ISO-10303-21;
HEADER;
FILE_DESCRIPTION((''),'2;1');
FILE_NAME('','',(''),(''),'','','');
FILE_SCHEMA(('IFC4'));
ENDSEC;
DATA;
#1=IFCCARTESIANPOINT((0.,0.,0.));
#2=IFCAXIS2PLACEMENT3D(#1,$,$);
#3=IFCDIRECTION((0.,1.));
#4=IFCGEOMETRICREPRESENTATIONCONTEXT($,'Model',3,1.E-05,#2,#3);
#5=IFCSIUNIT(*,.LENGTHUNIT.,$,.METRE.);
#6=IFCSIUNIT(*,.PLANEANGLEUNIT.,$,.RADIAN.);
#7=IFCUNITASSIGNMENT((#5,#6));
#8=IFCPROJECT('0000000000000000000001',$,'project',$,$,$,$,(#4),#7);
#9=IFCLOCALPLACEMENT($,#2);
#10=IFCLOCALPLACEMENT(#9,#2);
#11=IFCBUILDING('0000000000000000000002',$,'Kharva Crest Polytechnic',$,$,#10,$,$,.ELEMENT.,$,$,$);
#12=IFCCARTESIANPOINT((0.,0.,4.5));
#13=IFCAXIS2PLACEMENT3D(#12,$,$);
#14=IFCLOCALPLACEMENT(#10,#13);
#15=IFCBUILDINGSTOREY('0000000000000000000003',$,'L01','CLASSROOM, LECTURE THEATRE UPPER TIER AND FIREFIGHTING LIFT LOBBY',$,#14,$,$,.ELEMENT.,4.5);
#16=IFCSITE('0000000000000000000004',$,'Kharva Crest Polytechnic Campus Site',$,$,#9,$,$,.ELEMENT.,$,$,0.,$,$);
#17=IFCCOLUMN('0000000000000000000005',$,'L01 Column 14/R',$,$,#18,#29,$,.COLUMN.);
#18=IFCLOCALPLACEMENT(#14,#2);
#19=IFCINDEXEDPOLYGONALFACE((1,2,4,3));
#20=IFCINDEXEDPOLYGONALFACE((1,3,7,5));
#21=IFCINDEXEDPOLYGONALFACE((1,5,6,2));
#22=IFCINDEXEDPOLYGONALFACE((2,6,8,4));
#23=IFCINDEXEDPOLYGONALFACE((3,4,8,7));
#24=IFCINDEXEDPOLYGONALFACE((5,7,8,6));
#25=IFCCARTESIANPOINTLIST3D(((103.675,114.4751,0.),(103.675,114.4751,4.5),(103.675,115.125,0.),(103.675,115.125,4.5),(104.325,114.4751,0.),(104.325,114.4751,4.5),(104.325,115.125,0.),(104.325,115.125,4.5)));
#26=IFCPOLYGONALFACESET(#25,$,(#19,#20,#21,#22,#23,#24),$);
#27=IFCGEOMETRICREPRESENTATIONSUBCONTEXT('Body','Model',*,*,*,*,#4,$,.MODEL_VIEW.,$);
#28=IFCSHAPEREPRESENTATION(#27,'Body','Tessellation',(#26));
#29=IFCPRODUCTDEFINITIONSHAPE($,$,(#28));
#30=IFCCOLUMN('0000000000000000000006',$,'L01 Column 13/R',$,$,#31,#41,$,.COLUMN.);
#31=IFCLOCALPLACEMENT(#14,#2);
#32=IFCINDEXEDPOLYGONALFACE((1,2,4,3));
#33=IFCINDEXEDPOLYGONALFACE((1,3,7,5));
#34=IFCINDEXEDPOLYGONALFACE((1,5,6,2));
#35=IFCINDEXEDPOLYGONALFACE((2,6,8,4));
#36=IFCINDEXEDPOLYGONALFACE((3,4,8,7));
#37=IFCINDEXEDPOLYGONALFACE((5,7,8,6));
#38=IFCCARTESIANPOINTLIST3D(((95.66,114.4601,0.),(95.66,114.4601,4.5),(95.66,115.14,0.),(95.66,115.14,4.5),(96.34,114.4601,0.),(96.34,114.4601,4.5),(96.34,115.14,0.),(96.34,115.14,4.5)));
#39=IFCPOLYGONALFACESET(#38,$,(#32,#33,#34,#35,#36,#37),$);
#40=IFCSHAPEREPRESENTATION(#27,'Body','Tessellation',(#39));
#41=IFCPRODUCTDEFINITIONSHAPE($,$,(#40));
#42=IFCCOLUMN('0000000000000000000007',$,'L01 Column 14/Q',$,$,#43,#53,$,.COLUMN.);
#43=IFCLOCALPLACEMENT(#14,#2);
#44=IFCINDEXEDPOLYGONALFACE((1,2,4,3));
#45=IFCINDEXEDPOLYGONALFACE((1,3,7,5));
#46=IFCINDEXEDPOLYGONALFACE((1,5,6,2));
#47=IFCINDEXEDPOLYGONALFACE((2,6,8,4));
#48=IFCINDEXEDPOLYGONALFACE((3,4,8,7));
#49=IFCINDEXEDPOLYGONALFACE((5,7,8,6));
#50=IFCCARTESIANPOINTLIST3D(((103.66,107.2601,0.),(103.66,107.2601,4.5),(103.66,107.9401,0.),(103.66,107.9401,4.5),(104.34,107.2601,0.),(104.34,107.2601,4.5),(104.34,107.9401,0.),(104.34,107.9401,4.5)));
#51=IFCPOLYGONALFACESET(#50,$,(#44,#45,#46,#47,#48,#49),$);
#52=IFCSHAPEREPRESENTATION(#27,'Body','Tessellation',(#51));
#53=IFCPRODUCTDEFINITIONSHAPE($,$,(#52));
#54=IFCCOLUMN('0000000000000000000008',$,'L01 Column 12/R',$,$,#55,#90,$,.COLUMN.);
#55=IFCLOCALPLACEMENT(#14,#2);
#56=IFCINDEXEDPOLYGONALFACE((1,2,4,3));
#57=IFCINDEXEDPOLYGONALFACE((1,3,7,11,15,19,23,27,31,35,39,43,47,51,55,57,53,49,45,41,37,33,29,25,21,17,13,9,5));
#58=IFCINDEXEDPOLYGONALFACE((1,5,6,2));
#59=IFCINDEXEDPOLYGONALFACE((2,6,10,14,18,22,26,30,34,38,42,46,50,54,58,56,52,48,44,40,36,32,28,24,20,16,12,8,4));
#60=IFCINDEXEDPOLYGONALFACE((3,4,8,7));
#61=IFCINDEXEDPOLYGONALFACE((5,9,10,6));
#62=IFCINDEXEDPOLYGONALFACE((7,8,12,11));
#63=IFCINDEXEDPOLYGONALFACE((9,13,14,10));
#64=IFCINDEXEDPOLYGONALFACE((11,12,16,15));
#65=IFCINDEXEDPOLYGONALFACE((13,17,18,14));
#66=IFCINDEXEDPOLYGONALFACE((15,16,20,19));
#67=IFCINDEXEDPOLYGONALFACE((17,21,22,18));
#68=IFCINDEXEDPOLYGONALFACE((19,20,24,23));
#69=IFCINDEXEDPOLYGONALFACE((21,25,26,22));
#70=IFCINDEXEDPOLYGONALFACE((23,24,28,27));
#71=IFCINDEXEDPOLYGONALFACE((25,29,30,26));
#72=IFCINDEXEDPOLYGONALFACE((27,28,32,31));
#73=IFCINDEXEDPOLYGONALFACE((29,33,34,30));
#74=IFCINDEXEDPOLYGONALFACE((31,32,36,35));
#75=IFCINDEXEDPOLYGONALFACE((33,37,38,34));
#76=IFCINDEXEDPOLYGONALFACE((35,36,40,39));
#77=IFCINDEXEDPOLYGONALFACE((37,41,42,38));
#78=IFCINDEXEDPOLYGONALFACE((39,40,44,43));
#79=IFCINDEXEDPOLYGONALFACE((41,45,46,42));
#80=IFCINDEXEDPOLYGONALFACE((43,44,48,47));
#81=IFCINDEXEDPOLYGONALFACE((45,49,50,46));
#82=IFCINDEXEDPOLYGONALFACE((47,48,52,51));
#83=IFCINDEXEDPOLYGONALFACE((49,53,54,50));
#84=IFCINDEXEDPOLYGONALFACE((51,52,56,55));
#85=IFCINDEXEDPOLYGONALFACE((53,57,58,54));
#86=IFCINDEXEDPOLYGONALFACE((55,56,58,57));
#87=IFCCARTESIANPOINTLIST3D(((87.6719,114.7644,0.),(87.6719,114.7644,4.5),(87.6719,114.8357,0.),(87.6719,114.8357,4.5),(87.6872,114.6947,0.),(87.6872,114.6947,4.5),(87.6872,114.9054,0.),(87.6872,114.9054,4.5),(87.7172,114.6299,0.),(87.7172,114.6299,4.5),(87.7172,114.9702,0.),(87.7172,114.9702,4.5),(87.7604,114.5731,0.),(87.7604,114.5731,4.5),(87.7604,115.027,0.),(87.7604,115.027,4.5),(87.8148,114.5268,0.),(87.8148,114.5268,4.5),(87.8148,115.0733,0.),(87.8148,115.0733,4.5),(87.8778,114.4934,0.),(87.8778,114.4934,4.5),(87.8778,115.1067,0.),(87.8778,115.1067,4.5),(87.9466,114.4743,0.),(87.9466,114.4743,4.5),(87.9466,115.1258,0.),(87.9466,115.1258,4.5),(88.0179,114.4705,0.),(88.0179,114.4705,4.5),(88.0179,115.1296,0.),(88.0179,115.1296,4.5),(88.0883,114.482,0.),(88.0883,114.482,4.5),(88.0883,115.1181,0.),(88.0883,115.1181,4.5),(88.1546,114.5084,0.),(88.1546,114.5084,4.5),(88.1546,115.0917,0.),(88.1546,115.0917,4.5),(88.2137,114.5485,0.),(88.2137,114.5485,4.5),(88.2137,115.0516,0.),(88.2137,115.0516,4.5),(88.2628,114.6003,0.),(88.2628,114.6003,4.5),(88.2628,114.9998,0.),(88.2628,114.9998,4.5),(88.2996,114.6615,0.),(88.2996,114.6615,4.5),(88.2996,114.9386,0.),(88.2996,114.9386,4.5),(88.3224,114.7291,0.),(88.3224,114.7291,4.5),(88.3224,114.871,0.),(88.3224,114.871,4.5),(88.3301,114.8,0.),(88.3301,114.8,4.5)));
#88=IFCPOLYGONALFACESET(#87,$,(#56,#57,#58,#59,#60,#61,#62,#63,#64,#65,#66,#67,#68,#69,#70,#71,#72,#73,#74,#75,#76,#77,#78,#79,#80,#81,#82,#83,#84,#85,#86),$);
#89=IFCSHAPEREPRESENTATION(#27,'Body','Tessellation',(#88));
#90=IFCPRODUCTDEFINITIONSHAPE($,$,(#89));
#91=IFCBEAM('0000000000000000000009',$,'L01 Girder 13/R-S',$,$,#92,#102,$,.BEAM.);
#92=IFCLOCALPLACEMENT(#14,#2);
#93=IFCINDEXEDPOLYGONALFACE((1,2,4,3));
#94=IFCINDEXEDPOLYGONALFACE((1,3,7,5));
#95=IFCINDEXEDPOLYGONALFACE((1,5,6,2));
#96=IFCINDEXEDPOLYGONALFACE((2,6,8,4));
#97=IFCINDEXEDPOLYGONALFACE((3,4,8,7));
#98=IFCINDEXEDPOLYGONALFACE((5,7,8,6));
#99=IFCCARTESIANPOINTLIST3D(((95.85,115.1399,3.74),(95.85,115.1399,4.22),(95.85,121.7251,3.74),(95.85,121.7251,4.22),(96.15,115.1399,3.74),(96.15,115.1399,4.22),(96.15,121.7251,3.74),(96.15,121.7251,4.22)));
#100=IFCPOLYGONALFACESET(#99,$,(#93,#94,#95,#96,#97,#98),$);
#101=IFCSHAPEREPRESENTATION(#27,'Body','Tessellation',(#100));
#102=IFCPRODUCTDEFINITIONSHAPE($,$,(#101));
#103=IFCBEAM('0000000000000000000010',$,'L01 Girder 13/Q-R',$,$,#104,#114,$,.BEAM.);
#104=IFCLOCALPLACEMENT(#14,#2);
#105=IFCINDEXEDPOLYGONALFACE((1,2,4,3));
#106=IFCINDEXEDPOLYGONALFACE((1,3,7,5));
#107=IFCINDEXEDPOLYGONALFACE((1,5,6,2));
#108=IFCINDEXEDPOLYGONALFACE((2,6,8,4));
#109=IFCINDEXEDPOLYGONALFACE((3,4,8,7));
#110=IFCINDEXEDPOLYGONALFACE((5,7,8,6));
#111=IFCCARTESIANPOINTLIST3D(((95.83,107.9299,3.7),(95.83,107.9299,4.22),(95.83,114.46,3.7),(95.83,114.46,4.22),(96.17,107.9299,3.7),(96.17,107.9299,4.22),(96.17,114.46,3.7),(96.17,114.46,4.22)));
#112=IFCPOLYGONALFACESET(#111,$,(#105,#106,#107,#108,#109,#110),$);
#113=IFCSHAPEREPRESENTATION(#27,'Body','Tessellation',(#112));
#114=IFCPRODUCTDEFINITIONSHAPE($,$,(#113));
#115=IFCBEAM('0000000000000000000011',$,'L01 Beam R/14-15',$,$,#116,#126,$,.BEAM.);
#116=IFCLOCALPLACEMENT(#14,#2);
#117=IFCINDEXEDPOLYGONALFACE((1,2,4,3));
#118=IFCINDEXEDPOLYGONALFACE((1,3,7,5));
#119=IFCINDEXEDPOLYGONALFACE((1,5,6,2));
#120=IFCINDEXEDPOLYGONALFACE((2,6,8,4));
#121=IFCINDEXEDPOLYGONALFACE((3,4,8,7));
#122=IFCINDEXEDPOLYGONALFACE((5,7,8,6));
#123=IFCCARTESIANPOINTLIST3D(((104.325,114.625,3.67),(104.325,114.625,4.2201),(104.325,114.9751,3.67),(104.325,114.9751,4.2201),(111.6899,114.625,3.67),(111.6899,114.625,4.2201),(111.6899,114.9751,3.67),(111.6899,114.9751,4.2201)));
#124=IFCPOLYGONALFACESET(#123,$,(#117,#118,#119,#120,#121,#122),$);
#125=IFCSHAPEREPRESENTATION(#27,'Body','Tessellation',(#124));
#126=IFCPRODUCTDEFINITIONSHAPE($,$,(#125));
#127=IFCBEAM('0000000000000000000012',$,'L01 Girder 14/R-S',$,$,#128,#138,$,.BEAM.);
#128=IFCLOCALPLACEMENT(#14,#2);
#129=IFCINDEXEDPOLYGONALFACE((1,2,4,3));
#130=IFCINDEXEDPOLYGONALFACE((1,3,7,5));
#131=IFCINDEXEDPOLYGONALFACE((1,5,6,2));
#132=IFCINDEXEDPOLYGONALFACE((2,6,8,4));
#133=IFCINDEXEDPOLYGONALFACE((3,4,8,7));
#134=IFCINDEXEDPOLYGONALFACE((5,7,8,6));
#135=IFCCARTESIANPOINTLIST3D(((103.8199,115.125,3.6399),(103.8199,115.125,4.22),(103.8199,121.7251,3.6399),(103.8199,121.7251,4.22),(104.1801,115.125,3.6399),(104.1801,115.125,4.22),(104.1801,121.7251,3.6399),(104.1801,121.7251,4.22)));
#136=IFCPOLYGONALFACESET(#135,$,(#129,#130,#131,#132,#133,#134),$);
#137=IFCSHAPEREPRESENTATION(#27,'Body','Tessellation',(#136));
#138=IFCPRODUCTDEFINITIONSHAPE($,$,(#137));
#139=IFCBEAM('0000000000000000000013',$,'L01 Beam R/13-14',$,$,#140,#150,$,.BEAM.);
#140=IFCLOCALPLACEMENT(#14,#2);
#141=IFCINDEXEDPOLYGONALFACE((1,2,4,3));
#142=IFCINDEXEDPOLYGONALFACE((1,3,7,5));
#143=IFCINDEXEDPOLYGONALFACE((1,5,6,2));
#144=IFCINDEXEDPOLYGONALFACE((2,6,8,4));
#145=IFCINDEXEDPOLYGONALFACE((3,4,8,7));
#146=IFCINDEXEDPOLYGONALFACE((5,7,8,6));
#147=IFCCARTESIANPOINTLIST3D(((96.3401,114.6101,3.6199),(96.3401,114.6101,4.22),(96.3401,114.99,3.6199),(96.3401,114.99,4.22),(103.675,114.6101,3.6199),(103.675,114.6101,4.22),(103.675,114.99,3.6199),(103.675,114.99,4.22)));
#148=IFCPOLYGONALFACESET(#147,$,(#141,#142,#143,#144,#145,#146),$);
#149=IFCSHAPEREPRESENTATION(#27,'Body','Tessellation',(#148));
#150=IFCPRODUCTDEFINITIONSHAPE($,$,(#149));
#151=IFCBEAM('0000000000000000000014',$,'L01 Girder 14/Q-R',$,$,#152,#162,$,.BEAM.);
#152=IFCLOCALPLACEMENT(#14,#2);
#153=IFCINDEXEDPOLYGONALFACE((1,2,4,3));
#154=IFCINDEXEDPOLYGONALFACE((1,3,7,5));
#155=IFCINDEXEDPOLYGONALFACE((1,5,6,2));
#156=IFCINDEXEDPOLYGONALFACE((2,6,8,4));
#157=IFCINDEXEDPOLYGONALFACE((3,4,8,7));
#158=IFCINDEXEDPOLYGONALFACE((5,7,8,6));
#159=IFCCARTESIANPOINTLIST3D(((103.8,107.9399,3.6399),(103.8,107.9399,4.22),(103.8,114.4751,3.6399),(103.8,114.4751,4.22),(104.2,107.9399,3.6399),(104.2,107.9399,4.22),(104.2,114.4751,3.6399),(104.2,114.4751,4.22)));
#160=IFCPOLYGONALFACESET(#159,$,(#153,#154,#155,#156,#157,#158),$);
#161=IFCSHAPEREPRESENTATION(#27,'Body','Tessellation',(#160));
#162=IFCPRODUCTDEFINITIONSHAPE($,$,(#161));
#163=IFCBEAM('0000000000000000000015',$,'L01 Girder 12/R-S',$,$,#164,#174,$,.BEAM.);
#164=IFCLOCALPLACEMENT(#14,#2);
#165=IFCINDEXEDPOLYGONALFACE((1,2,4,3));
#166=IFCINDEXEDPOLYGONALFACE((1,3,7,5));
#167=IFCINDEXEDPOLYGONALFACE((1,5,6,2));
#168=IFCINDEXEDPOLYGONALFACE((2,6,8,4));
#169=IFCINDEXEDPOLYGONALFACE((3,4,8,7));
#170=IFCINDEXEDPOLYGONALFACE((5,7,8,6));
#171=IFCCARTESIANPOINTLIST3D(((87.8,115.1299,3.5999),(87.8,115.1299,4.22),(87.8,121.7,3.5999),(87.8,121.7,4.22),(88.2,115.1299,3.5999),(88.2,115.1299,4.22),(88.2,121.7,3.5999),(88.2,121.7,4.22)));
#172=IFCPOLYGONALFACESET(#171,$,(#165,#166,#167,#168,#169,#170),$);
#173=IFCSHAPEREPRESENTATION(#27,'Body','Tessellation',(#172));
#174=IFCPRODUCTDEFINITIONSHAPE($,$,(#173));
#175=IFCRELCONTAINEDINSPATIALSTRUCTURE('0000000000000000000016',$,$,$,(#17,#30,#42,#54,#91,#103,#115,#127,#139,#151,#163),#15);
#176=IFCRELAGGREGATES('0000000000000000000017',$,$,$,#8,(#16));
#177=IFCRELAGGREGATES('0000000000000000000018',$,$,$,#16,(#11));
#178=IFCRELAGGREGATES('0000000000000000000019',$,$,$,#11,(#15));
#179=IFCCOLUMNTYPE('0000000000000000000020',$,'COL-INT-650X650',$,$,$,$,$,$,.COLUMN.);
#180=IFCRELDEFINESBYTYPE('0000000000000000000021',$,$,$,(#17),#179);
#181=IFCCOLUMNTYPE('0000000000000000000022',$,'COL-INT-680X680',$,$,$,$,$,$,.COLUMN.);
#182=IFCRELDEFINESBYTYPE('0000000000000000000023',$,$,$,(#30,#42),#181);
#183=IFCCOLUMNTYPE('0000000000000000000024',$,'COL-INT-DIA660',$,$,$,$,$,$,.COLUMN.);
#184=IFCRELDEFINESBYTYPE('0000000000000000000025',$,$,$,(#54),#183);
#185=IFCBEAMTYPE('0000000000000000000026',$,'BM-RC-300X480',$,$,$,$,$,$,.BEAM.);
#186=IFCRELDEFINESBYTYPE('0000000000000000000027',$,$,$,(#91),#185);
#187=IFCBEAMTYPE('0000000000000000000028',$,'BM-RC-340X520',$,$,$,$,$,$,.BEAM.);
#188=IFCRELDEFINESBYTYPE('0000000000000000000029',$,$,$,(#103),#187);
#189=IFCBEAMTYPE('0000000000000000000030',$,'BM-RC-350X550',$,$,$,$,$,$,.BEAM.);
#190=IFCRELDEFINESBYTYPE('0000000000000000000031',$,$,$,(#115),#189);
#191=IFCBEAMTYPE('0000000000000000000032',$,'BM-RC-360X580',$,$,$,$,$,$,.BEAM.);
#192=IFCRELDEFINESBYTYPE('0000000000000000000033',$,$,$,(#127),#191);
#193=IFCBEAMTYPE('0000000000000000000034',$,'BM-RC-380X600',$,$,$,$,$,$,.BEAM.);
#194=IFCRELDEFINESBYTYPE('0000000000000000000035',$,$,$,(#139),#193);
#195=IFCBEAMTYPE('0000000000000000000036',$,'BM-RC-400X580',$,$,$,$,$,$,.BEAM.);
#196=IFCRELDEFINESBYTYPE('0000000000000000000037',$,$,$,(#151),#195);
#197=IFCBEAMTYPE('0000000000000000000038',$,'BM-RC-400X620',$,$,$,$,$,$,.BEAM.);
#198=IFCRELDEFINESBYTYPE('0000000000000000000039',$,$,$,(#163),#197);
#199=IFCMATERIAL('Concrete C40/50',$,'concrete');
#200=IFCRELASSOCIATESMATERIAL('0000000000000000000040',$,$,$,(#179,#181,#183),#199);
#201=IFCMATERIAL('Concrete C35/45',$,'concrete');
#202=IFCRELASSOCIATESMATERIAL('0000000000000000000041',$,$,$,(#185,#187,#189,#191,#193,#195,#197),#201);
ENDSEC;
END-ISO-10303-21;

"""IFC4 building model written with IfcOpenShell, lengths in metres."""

from ifc_helpers import new_model, si_unit, direction, frame, origin, origin_2d, place, context, subcontext, project, spatial, rectangle, circle, extrude, material, material_profile, profile_set, type_object, element, save


model = new_model("IFC4")

# Units and contexts
model_context = context("Model", 3, precision=1e-05, world=origin(), true_north=direction((0.0, 1.0)))
body_context = subcontext(model_context, "Body", "Model", "MODEL_VIEW")
ifc_project = project(units=[si_unit("LENGTHUNIT", "METRE"), si_unit("PLANEANGLEUNIT", "RADIAN")], contexts=[model_context])

# Site, building, storey
site_placement = place(None, origin())
site = spatial("IfcSite", under=ifc_project, at=site_placement, Name="Kharva Crest Polytechnic Campus Site", CompositionType="ELEMENT", RefElevation=0.0)
building_placement = place(site_placement, origin())
building = spatial("IfcBuilding", under=site, at=building_placement, Name="Kharva Crest Polytechnic", CompositionType="ELEMENT")
storey_placement = place(building_placement, frame((0.0, 0.0, 4.5)))
storey = spatial("IfcBuildingStorey", under=building, at=storey_placement, Name="L01", Description="CLASSROOM, LECTURE THEATRE UPPER TIER AND FIREFIGHTING LIFT LOBBY", CompositionType="ELEMENT", Elevation=4.5)

# Columns
ifc_material_1 = material(Name="Concrete C40/50", Category="concrete")
ifc_material_profile_1 = material_profile(ifc_material_1, rectangle(XDim=0.6499, YDim=0.6499, at=origin_2d()), Name="RECT 650 X 650")
ifc_profile_set_1 = profile_set([ifc_material_profile_1], Name="Concrete C40/50")
column_type_1 = type_object("IfcColumnType", Name="COL-INT-650X650", PredefinedType="COLUMN", material=ifc_profile_set_1)
column_1_placement = place(storey_placement, frame((104.0, 114.8, 0.0), z_axis=(0.0, 0.0, 1.0), x_axis=(1.0, 0.0, 0.0)))
element("IfcColumn", 1, at=column_1_placement, inside=storey, type_object=column_type_1, Name="L01 Column 14/R", PredefinedType="COLUMN", context=body_context, shape_type="SweptSolid", body=[
    extrude(rectangle(XDim=0.6499, YDim=0.6499, at=origin_2d()), origin(), (0.0, 0.0, 1.0), 4.5),
])
ifc_material_profile_2 = material_profile(ifc_material_1, rectangle(XDim=0.6799, YDim=0.6799, at=origin_2d()), Name="RECT 680 X 680")
ifc_profile_set_2 = profile_set([ifc_material_profile_2], Name="Concrete C40/50")
column_type_2 = type_object("IfcColumnType", Name="COL-INT-680X680", PredefinedType="COLUMN", material=ifc_profile_set_2)
for number, where, z_axis, x_axis, name in (
    (2, (96.0, 114.8, 0.0), (0.0, 0.0, 1.0), (1.0, 0.0, 0.0), "L01 Column 13/R"),
    (3, (104.0, 107.6001, 0.0), (0.0, 0.0, 1.0), (1.0, 0.0, 0.0), "L01 Column 14/Q"),
):
    element("IfcColumn", number, at=place(storey_placement, frame(where, z_axis=z_axis, x_axis=x_axis)), inside=storey, type_object=column_type_2, Name=name, PredefinedType="COLUMN", context=body_context, shape_type="SweptSolid", body=[
        extrude(rectangle(XDim=0.6799, YDim=0.6799, at=origin_2d()), origin(), (0.0, 0.0, 1.0), 4.5),
    ])
ifc_material_profile_3 = material_profile(ifc_material_1, circle(Radius=0.3301, at=origin_2d()), Name="DIA 660")
ifc_profile_set_3 = profile_set([ifc_material_profile_3], Name="Concrete C40/50")
column_type_3 = type_object("IfcColumnType", Name="COL-INT-DIA660", PredefinedType="COLUMN", material=ifc_profile_set_3)
column_2_placement = place(storey_placement, frame((88.0, 114.8, 0.0), z_axis=(0.0, 0.0, 1.0), x_axis=(1.0, 0.0, 0.0)))
element("IfcColumn", 4, at=column_2_placement, inside=storey, type_object=column_type_3, Name="L01 Column 12/R", PredefinedType="COLUMN", context=body_context, shape_type="SweptSolid", body=[
    extrude(circle(Radius=0.3301, at=origin_2d()), origin(), (0.0, 0.0, 1.0), 4.5),
])

# Beams
ifc_material_2 = material(Name="Concrete C35/45", Category="concrete")
ifc_material_profile_4 = material_profile(ifc_material_2, rectangle(XDim=0.3, YDim=0.48, at=origin_2d()), Name="RECT 300 X 480")
ifc_profile_set_4 = profile_set([ifc_material_profile_4], Name="Concrete C35/45")
beam_type_1 = type_object("IfcBeamType", Name="BM-RC-300X480", PredefinedType="BEAM", material=ifc_profile_set_4)
beam_1_placement = place(storey_placement, frame((96.0, 115.1399, 3.98), z_axis=(0.0, 1.0, 0.0), x_axis=(-1.0, 0.0, 0.0)))
element("IfcBeam", 5, at=beam_1_placement, inside=storey, type_object=beam_type_1, Name="L01 Girder 13/R-S", PredefinedType="BEAM", context=body_context, shape_type="SweptSolid", body=[
    extrude(rectangle(XDim=0.3, YDim=0.48, at=origin_2d()), origin(), (0.0, 0.0, 1.0), 6.5852),
])
ifc_material_profile_5 = material_profile(ifc_material_2, rectangle(XDim=0.3401, YDim=0.52, at=origin_2d()), Name="RECT 340 X 520")
ifc_profile_set_5 = profile_set([ifc_material_profile_5], Name="Concrete C35/45")
beam_type_2 = type_object("IfcBeamType", Name="BM-RC-340X520", PredefinedType="BEAM", material=ifc_profile_set_5)
beam_2_placement = place(storey_placement, frame((96.0, 107.9299, 3.96), z_axis=(0.0, 1.0, 0.0), x_axis=(-1.0, 0.0, 0.0)))
element("IfcBeam", 6, at=beam_2_placement, inside=storey, type_object=beam_type_2, Name="L01 Girder 13/Q-R", PredefinedType="BEAM", context=body_context, shape_type="SweptSolid", body=[
    extrude(rectangle(XDim=0.3401, YDim=0.52, at=origin_2d()), origin(), (0.0, 0.0, 1.0), 6.53),
])
ifc_material_profile_6 = material_profile(ifc_material_2, rectangle(XDim=0.3501, YDim=0.55, at=origin_2d()), Name="RECT 350 X 550")
ifc_profile_set_6 = profile_set([ifc_material_profile_6], Name="Concrete C35/45")
beam_type_3 = type_object("IfcBeamType", Name="BM-RC-350X550", PredefinedType="BEAM", material=ifc_profile_set_6)
beam_3_placement = place(storey_placement, frame((104.325, 114.8, 3.9451), z_axis=(1.0, 0.0, 0.0), x_axis=(0.0, 1.0, 0.0)))
element("IfcBeam", 7, at=beam_3_placement, inside=storey, type_object=beam_type_3, Name="L01 Beam R/14-15", PredefinedType="BEAM", context=body_context, shape_type="SweptSolid", body=[
    extrude(rectangle(XDim=0.3501, YDim=0.55, at=origin_2d()), origin(), (0.0, 0.0, 1.0), 7.365),
])
ifc_material_profile_7 = material_profile(ifc_material_2, rectangle(XDim=0.3601, YDim=0.5801, at=origin_2d()), Name="RECT 360 X 580")
ifc_profile_set_7 = profile_set([ifc_material_profile_7], Name="Concrete C35/45")
beam_type_4 = type_object("IfcBeamType", Name="BM-RC-360X580", PredefinedType="BEAM", material=ifc_profile_set_7)
beam_4_placement = place(storey_placement, frame((104.0, 115.125, 3.9299), z_axis=(0.0, 1.0, 0.0), x_axis=(-1.0, 0.0, 0.0)))
element("IfcBeam", 8, at=beam_4_placement, inside=storey, type_object=beam_type_4, Name="L01 Girder 14/R-S", PredefinedType="BEAM", context=body_context, shape_type="SweptSolid", body=[
    extrude(rectangle(XDim=0.3601, YDim=0.5801, at=origin_2d()), origin(), (0.0, 0.0, 1.0), 6.6001),
])
ifc_material_profile_8 = material_profile(ifc_material_2, rectangle(XDim=0.3799, YDim=0.6001, at=origin_2d()), Name="RECT 380 X 600")
ifc_profile_set_8 = profile_set([ifc_material_profile_8], Name="Concrete C35/45")
beam_type_5 = type_object("IfcBeamType", Name="BM-RC-380X600", PredefinedType="BEAM", material=ifc_profile_set_8)
beam_5_placement = place(storey_placement, frame((96.3401, 114.8, 3.9199), z_axis=(1.0, 0.0, 0.0), x_axis=(0.0, 1.0, 0.0)))
element("IfcBeam", 9, at=beam_5_placement, inside=storey, type_object=beam_type_5, Name="L01 Beam R/13-14", PredefinedType="BEAM", context=body_context, shape_type="SweptSolid", body=[
    extrude(rectangle(XDim=0.3799, YDim=0.6001, at=origin_2d()), origin(), (0.0, 0.0, 1.0), 7.335),
])
ifc_material_profile_9 = material_profile(ifc_material_2, rectangle(XDim=0.3999, YDim=0.5801, at=origin_2d()), Name="RECT 400 X 580")
ifc_profile_set_9 = profile_set([ifc_material_profile_9], Name="Concrete C35/45")
beam_type_6 = type_object("IfcBeamType", Name="BM-RC-400X580", PredefinedType="BEAM", material=ifc_profile_set_9)
beam_6_placement = place(storey_placement, frame((104.0, 107.9399, 3.9299), z_axis=(0.0, 1.0, 0.0), x_axis=(-1.0, 0.0, 0.0)))
element("IfcBeam", 10, at=beam_6_placement, inside=storey, type_object=beam_type_6, Name="L01 Girder 14/Q-R", PredefinedType="BEAM", context=body_context, shape_type="SweptSolid", body=[
    extrude(rectangle(XDim=0.3999, YDim=0.5801, at=origin_2d()), origin(), (0.0, 0.0, 1.0), 6.5352),
])
ifc_material_profile_10 = material_profile(ifc_material_2, rectangle(XDim=0.3999, YDim=0.6201, at=origin_2d()), Name="RECT 400 X 620")
ifc_profile_set_10 = profile_set([ifc_material_profile_10], Name="Concrete C35/45")
beam_type_7 = type_object("IfcBeamType", Name="BM-RC-400X620", PredefinedType="BEAM", material=ifc_profile_set_10)
beam_7_placement = place(storey_placement, frame((88.0, 115.1299, 3.9099), z_axis=(0.0, 1.0, 0.0), x_axis=(-1.0, 0.0, 0.0)))
element("IfcBeam", 11, at=beam_7_placement, inside=storey, type_object=beam_type_7, Name="L01 Girder 12/R-S", PredefinedType="BEAM", context=body_context, shape_type="SweptSolid", body=[
    extrude(rectangle(XDim=0.3999, YDim=0.6201, at=origin_2d()), origin(), (0.0, 0.0, 1.0), 6.5701),
])

save(model, "model.ifc")
